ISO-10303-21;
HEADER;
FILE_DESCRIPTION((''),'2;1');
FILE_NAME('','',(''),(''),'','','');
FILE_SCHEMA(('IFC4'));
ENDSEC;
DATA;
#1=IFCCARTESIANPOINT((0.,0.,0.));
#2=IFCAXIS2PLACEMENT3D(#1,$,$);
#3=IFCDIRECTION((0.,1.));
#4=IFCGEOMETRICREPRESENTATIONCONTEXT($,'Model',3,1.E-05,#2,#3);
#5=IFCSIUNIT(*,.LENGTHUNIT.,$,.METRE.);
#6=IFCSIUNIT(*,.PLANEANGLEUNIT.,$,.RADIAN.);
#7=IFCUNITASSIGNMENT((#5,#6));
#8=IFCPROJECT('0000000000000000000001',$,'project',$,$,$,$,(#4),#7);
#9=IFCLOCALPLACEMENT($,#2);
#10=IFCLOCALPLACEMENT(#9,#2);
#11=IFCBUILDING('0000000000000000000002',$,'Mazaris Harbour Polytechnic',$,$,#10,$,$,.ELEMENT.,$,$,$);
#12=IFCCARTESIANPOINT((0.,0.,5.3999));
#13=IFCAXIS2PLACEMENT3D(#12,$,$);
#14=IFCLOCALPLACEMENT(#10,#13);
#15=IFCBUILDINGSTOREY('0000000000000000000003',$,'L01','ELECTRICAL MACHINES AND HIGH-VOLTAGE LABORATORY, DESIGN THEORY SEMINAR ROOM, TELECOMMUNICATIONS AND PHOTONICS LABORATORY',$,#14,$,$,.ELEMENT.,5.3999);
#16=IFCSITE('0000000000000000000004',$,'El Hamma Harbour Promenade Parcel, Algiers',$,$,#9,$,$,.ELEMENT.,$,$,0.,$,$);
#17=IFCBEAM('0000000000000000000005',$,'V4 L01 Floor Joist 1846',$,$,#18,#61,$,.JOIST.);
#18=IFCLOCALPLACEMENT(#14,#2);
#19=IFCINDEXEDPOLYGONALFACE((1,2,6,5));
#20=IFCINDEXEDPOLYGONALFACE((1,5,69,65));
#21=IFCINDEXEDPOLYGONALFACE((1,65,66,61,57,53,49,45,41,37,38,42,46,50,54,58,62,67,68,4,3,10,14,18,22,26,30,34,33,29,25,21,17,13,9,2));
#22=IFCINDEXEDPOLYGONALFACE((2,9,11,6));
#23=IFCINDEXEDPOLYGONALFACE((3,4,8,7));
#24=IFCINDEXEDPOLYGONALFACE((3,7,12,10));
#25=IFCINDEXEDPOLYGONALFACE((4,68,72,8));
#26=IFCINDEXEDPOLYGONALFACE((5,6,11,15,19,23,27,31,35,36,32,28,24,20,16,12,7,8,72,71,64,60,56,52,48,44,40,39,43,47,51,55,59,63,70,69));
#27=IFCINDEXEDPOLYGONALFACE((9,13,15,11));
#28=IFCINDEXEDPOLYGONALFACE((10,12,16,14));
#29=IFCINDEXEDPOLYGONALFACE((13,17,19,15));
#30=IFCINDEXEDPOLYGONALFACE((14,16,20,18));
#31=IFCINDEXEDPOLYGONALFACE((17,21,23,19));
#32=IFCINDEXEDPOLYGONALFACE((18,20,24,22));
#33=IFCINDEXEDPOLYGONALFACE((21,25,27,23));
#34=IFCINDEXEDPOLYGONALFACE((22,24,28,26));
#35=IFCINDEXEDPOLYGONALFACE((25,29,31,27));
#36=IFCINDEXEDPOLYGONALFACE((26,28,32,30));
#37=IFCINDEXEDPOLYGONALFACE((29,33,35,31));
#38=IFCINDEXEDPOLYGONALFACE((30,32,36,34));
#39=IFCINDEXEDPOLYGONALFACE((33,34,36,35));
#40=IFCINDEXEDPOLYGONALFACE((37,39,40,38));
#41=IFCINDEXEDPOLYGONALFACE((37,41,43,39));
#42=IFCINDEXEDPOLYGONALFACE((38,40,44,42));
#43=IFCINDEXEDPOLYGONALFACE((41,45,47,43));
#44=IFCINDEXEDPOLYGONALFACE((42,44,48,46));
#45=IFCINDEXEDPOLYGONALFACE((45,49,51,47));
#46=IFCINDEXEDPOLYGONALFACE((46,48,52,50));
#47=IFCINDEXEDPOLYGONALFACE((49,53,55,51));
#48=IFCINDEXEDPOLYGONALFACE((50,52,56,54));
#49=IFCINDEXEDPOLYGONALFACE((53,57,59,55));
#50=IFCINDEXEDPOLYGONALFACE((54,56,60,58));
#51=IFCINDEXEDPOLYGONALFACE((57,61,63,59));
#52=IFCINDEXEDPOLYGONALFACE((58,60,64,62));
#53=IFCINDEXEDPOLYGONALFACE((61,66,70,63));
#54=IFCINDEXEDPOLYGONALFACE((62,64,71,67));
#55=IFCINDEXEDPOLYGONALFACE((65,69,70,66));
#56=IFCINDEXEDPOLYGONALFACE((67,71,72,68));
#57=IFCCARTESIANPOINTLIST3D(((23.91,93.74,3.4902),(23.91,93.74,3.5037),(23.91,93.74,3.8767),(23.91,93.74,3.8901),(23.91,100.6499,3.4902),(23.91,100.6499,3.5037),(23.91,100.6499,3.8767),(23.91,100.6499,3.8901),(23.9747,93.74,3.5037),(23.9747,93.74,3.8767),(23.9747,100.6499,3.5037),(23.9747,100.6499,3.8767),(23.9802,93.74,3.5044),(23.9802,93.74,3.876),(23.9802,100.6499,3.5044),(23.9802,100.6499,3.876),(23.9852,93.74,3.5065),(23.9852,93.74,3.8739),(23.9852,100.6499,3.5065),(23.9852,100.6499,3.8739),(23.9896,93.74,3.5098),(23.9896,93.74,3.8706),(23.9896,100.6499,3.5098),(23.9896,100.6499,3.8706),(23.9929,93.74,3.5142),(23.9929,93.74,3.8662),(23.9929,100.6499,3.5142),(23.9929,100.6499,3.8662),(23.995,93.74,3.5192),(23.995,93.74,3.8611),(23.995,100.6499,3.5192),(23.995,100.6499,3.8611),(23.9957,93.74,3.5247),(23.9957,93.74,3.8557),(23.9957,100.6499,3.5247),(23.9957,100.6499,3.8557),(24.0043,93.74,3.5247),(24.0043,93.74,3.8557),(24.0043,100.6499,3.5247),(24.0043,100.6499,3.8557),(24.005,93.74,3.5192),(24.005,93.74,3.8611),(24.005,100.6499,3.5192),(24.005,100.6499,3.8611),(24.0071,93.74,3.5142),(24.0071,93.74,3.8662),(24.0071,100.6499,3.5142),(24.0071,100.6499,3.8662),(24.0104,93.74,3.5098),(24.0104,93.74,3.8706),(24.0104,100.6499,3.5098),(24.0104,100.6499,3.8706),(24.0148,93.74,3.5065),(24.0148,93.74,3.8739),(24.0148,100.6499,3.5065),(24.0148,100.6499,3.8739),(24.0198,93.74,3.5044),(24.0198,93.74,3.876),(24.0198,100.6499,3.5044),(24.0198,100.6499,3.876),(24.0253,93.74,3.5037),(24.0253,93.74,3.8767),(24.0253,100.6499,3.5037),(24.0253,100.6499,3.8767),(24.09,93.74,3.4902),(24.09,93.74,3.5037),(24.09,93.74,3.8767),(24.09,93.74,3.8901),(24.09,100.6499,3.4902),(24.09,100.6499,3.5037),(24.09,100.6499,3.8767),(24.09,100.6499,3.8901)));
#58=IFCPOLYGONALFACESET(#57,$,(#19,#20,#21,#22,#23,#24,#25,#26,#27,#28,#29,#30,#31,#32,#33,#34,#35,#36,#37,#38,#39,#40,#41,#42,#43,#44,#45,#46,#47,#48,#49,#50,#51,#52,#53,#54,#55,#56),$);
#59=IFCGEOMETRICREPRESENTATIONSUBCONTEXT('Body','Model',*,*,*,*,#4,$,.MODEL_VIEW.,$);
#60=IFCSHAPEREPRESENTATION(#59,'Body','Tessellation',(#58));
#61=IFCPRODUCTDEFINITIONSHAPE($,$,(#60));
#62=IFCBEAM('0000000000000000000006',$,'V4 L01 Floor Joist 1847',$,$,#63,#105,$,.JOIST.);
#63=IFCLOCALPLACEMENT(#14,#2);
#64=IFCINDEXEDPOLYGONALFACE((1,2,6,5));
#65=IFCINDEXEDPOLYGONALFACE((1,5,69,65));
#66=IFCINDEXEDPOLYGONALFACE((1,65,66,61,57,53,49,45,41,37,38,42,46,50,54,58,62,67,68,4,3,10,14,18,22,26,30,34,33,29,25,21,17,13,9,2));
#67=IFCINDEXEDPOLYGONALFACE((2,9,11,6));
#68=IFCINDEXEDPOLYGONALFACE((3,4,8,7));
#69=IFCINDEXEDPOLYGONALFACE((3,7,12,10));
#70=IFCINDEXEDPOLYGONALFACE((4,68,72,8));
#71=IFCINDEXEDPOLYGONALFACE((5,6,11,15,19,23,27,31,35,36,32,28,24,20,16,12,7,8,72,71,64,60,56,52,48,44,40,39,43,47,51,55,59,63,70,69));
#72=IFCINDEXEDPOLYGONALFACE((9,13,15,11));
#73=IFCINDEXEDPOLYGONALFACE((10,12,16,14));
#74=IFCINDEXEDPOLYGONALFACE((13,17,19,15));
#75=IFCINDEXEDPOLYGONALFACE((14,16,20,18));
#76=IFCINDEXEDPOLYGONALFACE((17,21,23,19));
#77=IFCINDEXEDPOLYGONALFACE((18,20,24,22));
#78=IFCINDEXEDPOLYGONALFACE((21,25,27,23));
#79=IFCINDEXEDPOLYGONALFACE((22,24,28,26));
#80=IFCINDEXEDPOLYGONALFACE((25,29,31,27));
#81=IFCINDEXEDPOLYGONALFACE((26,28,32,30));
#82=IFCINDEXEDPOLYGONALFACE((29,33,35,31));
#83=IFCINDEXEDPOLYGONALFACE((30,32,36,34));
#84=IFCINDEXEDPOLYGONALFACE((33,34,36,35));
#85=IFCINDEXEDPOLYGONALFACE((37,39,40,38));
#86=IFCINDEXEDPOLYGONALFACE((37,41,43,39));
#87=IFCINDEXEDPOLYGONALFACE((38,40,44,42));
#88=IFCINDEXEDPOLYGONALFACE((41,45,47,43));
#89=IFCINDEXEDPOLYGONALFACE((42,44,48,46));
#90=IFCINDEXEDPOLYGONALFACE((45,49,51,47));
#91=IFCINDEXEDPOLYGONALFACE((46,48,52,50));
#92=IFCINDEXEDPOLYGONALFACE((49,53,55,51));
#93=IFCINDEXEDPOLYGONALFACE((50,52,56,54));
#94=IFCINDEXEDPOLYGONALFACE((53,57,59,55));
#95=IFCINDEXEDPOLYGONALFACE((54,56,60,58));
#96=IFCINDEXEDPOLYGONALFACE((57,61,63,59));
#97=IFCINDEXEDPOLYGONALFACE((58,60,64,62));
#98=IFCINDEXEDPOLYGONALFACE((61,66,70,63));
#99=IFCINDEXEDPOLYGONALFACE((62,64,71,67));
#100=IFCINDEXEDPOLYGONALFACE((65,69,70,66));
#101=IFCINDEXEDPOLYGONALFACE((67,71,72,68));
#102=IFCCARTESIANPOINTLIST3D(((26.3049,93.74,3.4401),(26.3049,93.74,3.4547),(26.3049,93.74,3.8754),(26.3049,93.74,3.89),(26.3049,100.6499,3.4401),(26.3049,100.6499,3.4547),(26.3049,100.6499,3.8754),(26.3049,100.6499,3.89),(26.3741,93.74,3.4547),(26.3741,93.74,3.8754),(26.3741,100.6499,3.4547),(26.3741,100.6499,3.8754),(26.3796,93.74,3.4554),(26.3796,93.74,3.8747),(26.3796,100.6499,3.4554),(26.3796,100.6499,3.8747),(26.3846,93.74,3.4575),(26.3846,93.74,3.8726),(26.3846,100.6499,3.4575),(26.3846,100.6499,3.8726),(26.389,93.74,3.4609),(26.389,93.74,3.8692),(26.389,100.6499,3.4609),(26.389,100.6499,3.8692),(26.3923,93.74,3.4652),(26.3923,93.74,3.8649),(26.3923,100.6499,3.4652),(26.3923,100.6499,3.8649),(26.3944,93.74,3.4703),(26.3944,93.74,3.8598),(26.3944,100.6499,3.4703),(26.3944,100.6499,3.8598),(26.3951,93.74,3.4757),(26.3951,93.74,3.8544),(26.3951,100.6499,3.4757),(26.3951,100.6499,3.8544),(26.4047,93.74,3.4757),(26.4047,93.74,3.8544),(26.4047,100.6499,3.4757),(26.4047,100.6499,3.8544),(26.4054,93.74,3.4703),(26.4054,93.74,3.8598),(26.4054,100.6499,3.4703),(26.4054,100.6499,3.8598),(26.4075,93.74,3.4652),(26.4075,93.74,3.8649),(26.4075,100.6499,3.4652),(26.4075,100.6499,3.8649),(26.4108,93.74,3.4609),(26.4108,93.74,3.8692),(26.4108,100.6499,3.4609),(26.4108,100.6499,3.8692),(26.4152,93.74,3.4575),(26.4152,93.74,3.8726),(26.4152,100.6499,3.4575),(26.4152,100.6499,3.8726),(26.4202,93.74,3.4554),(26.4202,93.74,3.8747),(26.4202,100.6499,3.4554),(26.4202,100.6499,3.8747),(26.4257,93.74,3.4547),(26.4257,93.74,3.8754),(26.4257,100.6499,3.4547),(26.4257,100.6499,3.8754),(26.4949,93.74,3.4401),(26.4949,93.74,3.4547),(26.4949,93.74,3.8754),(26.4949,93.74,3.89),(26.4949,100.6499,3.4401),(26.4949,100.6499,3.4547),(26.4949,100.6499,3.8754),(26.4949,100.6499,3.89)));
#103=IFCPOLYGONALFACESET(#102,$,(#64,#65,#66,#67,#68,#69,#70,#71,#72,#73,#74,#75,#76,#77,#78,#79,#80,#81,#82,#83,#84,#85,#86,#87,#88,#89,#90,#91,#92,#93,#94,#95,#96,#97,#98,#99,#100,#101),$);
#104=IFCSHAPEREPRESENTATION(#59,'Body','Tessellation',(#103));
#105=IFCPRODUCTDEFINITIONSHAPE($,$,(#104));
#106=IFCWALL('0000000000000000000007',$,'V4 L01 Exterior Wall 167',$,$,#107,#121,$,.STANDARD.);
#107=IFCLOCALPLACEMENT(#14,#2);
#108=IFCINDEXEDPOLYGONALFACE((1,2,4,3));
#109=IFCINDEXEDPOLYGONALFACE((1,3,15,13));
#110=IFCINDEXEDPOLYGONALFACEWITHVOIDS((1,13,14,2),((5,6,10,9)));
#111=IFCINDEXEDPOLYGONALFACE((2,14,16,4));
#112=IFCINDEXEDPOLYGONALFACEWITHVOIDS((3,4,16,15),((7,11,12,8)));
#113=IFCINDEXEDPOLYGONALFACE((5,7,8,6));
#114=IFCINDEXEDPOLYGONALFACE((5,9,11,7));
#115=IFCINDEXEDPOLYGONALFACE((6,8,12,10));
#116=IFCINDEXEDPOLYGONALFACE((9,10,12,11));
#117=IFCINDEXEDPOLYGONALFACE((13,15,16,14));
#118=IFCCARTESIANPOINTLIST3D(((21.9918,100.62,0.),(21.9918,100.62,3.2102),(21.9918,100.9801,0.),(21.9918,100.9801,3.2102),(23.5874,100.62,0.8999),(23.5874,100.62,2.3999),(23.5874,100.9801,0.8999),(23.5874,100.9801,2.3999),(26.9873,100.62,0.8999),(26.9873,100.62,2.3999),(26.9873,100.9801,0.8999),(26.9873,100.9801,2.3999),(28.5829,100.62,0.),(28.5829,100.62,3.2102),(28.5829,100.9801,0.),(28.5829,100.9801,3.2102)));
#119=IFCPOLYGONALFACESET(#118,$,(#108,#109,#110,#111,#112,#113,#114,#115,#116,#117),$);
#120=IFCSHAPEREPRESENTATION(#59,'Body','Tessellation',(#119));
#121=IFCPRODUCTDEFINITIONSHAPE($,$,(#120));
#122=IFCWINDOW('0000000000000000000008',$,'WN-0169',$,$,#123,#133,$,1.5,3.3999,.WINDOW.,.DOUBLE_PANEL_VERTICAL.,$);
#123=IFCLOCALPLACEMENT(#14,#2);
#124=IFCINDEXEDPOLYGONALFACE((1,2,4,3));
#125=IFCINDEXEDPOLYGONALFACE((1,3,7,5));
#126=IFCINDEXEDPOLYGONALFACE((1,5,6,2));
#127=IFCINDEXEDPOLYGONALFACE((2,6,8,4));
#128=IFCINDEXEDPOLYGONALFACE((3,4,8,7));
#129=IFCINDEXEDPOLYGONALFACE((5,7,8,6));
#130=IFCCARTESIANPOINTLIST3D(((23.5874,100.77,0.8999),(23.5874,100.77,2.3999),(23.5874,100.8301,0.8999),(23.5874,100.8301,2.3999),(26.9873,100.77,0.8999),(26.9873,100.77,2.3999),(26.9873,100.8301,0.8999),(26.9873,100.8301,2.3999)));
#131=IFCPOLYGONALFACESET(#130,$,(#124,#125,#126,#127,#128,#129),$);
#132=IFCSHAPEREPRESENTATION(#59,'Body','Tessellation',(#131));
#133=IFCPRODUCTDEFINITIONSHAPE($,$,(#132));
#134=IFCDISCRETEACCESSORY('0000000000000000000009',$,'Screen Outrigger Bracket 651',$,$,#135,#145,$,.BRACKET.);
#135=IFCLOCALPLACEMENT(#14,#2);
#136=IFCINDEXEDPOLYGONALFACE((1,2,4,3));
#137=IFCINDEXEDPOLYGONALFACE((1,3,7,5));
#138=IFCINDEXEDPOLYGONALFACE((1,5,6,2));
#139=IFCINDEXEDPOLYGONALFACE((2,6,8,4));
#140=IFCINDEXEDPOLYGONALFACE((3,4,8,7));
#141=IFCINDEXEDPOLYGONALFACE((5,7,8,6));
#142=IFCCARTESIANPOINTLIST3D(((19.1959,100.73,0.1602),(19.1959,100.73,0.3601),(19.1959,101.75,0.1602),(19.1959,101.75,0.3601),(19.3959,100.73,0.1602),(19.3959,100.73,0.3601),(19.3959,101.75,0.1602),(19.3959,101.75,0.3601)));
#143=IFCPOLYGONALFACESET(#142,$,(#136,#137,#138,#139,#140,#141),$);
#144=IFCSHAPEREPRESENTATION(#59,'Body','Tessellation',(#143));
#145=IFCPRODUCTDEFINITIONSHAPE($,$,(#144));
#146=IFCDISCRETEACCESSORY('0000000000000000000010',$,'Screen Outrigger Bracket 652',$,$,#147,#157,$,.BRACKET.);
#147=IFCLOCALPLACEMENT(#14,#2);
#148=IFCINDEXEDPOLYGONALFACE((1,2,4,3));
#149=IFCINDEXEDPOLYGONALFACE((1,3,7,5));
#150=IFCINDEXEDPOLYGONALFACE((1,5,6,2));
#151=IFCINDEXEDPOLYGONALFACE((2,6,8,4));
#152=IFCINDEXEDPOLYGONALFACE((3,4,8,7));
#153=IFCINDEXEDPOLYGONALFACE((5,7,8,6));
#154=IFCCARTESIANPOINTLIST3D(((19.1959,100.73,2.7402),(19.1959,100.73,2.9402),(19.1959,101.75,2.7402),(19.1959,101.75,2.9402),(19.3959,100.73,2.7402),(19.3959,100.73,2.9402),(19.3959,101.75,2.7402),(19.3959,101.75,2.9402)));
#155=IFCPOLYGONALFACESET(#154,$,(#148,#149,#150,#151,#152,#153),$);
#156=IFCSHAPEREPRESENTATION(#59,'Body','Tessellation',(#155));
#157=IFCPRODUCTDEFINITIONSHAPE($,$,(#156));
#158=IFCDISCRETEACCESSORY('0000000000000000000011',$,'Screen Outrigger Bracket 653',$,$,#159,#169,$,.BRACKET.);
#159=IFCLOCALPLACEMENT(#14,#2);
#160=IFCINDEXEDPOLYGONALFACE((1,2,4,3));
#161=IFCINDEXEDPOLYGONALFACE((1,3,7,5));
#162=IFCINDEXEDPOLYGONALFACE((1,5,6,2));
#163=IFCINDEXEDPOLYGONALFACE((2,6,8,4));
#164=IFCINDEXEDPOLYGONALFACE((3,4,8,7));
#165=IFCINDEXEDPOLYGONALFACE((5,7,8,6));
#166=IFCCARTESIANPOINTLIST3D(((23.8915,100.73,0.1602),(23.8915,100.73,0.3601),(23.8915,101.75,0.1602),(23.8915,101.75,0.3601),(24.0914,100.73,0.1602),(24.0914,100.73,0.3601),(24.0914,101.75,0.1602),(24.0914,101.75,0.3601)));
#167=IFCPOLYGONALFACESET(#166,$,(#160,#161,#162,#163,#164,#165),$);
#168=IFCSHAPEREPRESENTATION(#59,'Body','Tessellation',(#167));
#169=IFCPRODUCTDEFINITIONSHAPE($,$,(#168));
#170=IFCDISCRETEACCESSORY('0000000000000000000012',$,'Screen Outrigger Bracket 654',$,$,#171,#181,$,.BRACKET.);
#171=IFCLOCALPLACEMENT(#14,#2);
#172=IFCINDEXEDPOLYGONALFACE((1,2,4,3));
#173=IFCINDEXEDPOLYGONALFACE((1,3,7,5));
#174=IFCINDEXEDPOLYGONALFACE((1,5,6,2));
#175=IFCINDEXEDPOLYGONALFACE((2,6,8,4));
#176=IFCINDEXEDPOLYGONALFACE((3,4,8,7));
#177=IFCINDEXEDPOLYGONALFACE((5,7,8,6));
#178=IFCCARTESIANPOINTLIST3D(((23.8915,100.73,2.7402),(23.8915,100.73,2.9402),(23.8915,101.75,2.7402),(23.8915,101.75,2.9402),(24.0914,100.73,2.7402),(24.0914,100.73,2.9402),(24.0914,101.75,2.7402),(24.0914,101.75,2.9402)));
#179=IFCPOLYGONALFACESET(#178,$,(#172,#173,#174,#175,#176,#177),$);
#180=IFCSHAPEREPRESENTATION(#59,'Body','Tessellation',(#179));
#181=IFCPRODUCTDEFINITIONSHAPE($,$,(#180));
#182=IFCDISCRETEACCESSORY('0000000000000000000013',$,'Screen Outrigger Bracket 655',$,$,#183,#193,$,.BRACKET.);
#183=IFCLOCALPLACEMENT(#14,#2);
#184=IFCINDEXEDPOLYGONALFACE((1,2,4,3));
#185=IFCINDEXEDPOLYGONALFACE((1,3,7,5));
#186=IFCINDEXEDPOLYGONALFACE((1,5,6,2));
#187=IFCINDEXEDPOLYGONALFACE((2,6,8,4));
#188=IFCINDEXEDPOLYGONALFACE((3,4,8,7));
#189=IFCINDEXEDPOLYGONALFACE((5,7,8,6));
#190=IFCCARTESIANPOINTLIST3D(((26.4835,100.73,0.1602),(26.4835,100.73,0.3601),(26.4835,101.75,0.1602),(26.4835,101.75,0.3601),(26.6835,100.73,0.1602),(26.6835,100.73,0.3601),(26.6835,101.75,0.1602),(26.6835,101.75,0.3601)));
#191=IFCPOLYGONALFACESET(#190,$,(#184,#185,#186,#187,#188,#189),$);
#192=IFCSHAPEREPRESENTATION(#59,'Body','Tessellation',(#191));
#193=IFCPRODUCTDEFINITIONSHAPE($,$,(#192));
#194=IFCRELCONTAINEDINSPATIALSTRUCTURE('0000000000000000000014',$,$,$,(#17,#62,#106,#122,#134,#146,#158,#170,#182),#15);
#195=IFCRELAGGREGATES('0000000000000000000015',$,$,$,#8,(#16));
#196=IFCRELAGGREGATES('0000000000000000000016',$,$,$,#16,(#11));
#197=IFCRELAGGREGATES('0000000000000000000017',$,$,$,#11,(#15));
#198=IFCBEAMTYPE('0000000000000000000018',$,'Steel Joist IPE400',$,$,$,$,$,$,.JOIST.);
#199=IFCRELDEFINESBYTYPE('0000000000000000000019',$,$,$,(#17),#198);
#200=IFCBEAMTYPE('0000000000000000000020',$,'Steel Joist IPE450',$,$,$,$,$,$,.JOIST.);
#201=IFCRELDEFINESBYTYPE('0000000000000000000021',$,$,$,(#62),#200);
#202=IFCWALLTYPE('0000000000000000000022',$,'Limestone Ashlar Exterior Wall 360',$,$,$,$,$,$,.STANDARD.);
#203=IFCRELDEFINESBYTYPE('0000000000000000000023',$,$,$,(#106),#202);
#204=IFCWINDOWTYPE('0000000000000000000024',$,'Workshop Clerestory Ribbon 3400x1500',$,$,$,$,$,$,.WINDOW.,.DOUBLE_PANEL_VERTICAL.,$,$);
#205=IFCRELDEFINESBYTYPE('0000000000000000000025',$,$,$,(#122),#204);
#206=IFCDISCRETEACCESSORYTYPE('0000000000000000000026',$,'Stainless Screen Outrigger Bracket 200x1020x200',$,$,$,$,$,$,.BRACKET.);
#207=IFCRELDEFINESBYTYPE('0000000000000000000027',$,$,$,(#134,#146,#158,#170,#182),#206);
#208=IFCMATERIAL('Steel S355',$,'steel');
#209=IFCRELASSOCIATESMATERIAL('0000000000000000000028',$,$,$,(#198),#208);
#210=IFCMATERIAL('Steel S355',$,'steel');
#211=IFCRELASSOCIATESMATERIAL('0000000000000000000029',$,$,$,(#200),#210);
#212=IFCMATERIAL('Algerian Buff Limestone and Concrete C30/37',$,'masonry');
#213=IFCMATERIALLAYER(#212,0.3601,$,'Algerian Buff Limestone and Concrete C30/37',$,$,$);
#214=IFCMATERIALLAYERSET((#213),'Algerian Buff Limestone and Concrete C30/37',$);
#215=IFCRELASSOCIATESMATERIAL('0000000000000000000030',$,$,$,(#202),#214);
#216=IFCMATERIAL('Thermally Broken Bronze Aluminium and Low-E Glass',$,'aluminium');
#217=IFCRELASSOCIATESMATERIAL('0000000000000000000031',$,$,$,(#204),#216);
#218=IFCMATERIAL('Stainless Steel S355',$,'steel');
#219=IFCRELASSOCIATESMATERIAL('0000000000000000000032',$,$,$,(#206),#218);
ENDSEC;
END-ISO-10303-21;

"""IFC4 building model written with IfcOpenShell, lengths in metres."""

from ifc_helpers import new_model, si_unit, direction, frame, frame_2d, origin, origin_2d, place, context, subcontext, project, spatial, rectangle, i_section, extrude, material, layer, layer_set, material_profile, profile_set, type_object, element, fill, save


model = new_model("IFC4")

# Units and contexts
model_context = context("Model", 3, precision=1e-05, world=origin(), true_north=direction((0.0, 1.0)))
body_context = subcontext(model_context, "Body", "Model", "MODEL_VIEW")
ifc_project = project(units=[si_unit("LENGTHUNIT", "METRE"), si_unit("PLANEANGLEUNIT", "RADIAN")], contexts=[model_context])

# Site, building, storey
site_placement = place(None, origin())
site = spatial("IfcSite", under=ifc_project, at=site_placement, Name="El Hamma Harbour Promenade Parcel, Algiers", CompositionType="ELEMENT", RefElevation=0.0)
building_placement = place(site_placement, origin())
building = spatial("IfcBuilding", under=site, at=building_placement, Name="Mazaris Harbour Polytechnic", CompositionType="ELEMENT")
storey_placement = place(building_placement, frame((0.0, 0.0, 5.3999)))
storey = spatial("IfcBuildingStorey", under=building, at=storey_placement, Name="L01", Description="ELECTRICAL MACHINES AND HIGH-VOLTAGE LABORATORY, DESIGN THEORY SEMINAR ROOM, TELECOMMUNICATIONS AND PHOTONICS LABORATORY", CompositionType="ELEMENT", Elevation=5.3999)

# Beams
ifc_material_1 = material(Name="Steel S355", Category="steel")
ifc_material_profile_1 = material_profile(ifc_material_1, i_section(OverallWidth=0.1799, OverallDepth=0.3999, WebThickness=0.0085, FlangeThickness=0.0134, FilletRadius=0.021, at=origin_2d()), Name="IPE 400")
ifc_profile_set_1 = profile_set([ifc_material_profile_1], Name="Steel S355")
beam_type_1 = type_object("IfcBeamType", Name="Steel Joist IPE400", PredefinedType="JOIST", material=ifc_profile_set_1)
beam_1_placement = place(storey_placement, frame((24.0, 93.74, 3.6902), z_axis=(0.0, 1.0, 0.0), x_axis=(-1.0, 0.0, 0.0)))
element("IfcBeam", 1, at=beam_1_placement, inside=storey, type_object=beam_type_1, Name="V4 L01 Floor Joist 1846", PredefinedType="JOIST", context=body_context, shape_type="SweptSolid", body=[
    extrude(i_section(OverallWidth=0.1799, OverallDepth=0.3999, WebThickness=0.0085, FlangeThickness=0.0134, FilletRadius=0.021, at=origin_2d()), origin(), (0.0, 0.0, 1.0), 6.9099),
])
ifc_material_2 = material(Name="Steel S355", Category="steel")
ifc_material_profile_2 = material_profile(ifc_material_2, i_section(OverallWidth=0.1899, OverallDepth=0.45, WebThickness=0.0095, FlangeThickness=0.0146, FilletRadius=0.021, at=origin_2d()), Name="IPE 450")
ifc_profile_set_2 = profile_set([ifc_material_profile_2], Name="Steel S355")
beam_type_2 = type_object("IfcBeamType", Name="Steel Joist IPE450", PredefinedType="JOIST", material=ifc_profile_set_2)
beam_2_placement = place(storey_placement, frame((26.3999, 93.74, 3.665), z_axis=(0.0, 1.0, 0.0), x_axis=(-1.0, 0.0, 0.0)))
element("IfcBeam", 2, at=beam_2_placement, inside=storey, type_object=beam_type_2, Name="V4 L01 Floor Joist 1847", PredefinedType="JOIST", context=body_context, shape_type="SweptSolid", body=[
    extrude(i_section(OverallWidth=0.1899, OverallDepth=0.45, WebThickness=0.0095, FlangeThickness=0.0146, FilletRadius=0.021, at=origin_2d()), origin(), (0.0, 0.0, 1.0), 6.9099),
])

# Wall, opening, window
ifc_material_3 = material(Name="Algerian Buff Limestone and Concrete C30/37", Category="masonry")
ifc_layer = layer(ifc_material_3, 0.3601, Name="Algerian Buff Limestone and Concrete C30/37")
ifc_layer_set = layer_set([ifc_layer], Name="Algerian Buff Limestone and Concrete C30/37")
wall_type = type_object("IfcWallType", Name="Limestone Ashlar Exterior Wall 360", PredefinedType="STANDARD", material=ifc_layer_set)
wall_placement = place(storey_placement, frame((21.9919, 100.8, 0.0), z_axis=(0.0, 0.0, 1.0), x_axis=(1.0, 0.0, 0.0)))
wall = element("IfcWall", 3, at=wall_placement, inside=storey, type_object=wall_type, Name="V4 L01 Exterior Wall 167", PredefinedType="STANDARD", context=body_context, shape_type="SweptSolid", body=[
    extrude(rectangle(XDim=6.5911, YDim=0.3601, at=frame_2d((3.2954, 0.0))), origin(), (0.0, 0.0, 1.0), 3.2102),
])
opening_placement = place(wall_placement, frame((1.5955, 0.0, 0.8999)))
opening = element("IfcOpeningElement", 4, at=opening_placement, cuts=wall, PredefinedType="OPENING", context=body_context, shape_type="SweptSolid", body=[
    extrude(rectangle(XDim=3.3999, YDim=1.5, at=frame_2d((1.7, 0.75))), frame((0.0, 0.1899, 0.0), z_axis=(0.0, -1.0, 0.0), x_axis=(1.0, 0.0, 0.0)), (0.0, 0.0, 1.0), 0.3801),
])
ifc_material_4 = material(Name="Thermally Broken Bronze Aluminium and Low-E Glass", Category="aluminium")
window_type = type_object("IfcWindowType", Name="Workshop Clerestory Ribbon 3400x1500", PartitioningType="DOUBLE_PANEL_VERTICAL", PredefinedType="WINDOW", material=ifc_material_4)
window_placement = place(opening_placement, origin())
window = element("IfcWindow", 5, at=window_placement, inside=storey, type_object=window_type, Name="WN-0169", OverallHeight=1.5, OverallWidth=3.3999, PartitioningType="DOUBLE_PANEL_VERTICAL", PredefinedType="WINDOW", context=body_context, shape_type="SweptSolid", body=[
    extrude(rectangle(XDim=3.3999, YDim=1.5, at=frame_2d((1.7, 0.75))), frame((0.0, 0.03, 0.0), z_axis=(0.0, -1.0, 0.0), x_axis=(1.0, 0.0, 0.0)), (0.0, 0.0, 1.0), 0.0601),
])
fill(opening, window)

# Discrete accessories
ifc_material_5 = material(Name="Stainless Steel S355", Category="steel")
discrete_accessory_type = type_object("IfcDiscreteAccessoryType", Name="Stainless Screen Outrigger Bracket 200x1020x200", PredefinedType="BRACKET", material=ifc_material_5)
for number, where, z_axis, x_axis, name in (
    (6, (19.2959, 101.24, 0.1602), (0.0, 0.0, 1.0), (1.0, 0.0, 0.0), "Screen Outrigger Bracket 651"),
    (7, (19.2959, 101.24, 2.7402), (0.0, 0.0, 1.0), (1.0, 0.0, 0.0), "Screen Outrigger Bracket 652"),
    (8, (23.9915, 101.24, 0.1602), (0.0, 0.0, 1.0), (1.0, 0.0, 0.0), "Screen Outrigger Bracket 653"),
    (9, (23.9915, 101.24, 2.7402), (0.0, 0.0, 1.0), (1.0, 0.0, 0.0), "Screen Outrigger Bracket 654"),
    (10, (26.5835, 101.24, 0.1602), (0.0, 0.0, 1.0), (1.0, 0.0, 0.0), "Screen Outrigger Bracket 655"),
):
    element("IfcDiscreteAccessory", number, at=place(storey_placement, frame(where, z_axis=z_axis, x_axis=x_axis)), inside=storey, type_object=discrete_accessory_type, Name=name, PredefinedType="BRACKET", context=body_context, shape_type="SweptSolid", body=[
        extrude(rectangle(XDim=0.2, YDim=1.02, at=origin_2d()), origin(), (0.0, 0.0, 1.0), 0.2),
    ])

save(model, "model.ifc")
